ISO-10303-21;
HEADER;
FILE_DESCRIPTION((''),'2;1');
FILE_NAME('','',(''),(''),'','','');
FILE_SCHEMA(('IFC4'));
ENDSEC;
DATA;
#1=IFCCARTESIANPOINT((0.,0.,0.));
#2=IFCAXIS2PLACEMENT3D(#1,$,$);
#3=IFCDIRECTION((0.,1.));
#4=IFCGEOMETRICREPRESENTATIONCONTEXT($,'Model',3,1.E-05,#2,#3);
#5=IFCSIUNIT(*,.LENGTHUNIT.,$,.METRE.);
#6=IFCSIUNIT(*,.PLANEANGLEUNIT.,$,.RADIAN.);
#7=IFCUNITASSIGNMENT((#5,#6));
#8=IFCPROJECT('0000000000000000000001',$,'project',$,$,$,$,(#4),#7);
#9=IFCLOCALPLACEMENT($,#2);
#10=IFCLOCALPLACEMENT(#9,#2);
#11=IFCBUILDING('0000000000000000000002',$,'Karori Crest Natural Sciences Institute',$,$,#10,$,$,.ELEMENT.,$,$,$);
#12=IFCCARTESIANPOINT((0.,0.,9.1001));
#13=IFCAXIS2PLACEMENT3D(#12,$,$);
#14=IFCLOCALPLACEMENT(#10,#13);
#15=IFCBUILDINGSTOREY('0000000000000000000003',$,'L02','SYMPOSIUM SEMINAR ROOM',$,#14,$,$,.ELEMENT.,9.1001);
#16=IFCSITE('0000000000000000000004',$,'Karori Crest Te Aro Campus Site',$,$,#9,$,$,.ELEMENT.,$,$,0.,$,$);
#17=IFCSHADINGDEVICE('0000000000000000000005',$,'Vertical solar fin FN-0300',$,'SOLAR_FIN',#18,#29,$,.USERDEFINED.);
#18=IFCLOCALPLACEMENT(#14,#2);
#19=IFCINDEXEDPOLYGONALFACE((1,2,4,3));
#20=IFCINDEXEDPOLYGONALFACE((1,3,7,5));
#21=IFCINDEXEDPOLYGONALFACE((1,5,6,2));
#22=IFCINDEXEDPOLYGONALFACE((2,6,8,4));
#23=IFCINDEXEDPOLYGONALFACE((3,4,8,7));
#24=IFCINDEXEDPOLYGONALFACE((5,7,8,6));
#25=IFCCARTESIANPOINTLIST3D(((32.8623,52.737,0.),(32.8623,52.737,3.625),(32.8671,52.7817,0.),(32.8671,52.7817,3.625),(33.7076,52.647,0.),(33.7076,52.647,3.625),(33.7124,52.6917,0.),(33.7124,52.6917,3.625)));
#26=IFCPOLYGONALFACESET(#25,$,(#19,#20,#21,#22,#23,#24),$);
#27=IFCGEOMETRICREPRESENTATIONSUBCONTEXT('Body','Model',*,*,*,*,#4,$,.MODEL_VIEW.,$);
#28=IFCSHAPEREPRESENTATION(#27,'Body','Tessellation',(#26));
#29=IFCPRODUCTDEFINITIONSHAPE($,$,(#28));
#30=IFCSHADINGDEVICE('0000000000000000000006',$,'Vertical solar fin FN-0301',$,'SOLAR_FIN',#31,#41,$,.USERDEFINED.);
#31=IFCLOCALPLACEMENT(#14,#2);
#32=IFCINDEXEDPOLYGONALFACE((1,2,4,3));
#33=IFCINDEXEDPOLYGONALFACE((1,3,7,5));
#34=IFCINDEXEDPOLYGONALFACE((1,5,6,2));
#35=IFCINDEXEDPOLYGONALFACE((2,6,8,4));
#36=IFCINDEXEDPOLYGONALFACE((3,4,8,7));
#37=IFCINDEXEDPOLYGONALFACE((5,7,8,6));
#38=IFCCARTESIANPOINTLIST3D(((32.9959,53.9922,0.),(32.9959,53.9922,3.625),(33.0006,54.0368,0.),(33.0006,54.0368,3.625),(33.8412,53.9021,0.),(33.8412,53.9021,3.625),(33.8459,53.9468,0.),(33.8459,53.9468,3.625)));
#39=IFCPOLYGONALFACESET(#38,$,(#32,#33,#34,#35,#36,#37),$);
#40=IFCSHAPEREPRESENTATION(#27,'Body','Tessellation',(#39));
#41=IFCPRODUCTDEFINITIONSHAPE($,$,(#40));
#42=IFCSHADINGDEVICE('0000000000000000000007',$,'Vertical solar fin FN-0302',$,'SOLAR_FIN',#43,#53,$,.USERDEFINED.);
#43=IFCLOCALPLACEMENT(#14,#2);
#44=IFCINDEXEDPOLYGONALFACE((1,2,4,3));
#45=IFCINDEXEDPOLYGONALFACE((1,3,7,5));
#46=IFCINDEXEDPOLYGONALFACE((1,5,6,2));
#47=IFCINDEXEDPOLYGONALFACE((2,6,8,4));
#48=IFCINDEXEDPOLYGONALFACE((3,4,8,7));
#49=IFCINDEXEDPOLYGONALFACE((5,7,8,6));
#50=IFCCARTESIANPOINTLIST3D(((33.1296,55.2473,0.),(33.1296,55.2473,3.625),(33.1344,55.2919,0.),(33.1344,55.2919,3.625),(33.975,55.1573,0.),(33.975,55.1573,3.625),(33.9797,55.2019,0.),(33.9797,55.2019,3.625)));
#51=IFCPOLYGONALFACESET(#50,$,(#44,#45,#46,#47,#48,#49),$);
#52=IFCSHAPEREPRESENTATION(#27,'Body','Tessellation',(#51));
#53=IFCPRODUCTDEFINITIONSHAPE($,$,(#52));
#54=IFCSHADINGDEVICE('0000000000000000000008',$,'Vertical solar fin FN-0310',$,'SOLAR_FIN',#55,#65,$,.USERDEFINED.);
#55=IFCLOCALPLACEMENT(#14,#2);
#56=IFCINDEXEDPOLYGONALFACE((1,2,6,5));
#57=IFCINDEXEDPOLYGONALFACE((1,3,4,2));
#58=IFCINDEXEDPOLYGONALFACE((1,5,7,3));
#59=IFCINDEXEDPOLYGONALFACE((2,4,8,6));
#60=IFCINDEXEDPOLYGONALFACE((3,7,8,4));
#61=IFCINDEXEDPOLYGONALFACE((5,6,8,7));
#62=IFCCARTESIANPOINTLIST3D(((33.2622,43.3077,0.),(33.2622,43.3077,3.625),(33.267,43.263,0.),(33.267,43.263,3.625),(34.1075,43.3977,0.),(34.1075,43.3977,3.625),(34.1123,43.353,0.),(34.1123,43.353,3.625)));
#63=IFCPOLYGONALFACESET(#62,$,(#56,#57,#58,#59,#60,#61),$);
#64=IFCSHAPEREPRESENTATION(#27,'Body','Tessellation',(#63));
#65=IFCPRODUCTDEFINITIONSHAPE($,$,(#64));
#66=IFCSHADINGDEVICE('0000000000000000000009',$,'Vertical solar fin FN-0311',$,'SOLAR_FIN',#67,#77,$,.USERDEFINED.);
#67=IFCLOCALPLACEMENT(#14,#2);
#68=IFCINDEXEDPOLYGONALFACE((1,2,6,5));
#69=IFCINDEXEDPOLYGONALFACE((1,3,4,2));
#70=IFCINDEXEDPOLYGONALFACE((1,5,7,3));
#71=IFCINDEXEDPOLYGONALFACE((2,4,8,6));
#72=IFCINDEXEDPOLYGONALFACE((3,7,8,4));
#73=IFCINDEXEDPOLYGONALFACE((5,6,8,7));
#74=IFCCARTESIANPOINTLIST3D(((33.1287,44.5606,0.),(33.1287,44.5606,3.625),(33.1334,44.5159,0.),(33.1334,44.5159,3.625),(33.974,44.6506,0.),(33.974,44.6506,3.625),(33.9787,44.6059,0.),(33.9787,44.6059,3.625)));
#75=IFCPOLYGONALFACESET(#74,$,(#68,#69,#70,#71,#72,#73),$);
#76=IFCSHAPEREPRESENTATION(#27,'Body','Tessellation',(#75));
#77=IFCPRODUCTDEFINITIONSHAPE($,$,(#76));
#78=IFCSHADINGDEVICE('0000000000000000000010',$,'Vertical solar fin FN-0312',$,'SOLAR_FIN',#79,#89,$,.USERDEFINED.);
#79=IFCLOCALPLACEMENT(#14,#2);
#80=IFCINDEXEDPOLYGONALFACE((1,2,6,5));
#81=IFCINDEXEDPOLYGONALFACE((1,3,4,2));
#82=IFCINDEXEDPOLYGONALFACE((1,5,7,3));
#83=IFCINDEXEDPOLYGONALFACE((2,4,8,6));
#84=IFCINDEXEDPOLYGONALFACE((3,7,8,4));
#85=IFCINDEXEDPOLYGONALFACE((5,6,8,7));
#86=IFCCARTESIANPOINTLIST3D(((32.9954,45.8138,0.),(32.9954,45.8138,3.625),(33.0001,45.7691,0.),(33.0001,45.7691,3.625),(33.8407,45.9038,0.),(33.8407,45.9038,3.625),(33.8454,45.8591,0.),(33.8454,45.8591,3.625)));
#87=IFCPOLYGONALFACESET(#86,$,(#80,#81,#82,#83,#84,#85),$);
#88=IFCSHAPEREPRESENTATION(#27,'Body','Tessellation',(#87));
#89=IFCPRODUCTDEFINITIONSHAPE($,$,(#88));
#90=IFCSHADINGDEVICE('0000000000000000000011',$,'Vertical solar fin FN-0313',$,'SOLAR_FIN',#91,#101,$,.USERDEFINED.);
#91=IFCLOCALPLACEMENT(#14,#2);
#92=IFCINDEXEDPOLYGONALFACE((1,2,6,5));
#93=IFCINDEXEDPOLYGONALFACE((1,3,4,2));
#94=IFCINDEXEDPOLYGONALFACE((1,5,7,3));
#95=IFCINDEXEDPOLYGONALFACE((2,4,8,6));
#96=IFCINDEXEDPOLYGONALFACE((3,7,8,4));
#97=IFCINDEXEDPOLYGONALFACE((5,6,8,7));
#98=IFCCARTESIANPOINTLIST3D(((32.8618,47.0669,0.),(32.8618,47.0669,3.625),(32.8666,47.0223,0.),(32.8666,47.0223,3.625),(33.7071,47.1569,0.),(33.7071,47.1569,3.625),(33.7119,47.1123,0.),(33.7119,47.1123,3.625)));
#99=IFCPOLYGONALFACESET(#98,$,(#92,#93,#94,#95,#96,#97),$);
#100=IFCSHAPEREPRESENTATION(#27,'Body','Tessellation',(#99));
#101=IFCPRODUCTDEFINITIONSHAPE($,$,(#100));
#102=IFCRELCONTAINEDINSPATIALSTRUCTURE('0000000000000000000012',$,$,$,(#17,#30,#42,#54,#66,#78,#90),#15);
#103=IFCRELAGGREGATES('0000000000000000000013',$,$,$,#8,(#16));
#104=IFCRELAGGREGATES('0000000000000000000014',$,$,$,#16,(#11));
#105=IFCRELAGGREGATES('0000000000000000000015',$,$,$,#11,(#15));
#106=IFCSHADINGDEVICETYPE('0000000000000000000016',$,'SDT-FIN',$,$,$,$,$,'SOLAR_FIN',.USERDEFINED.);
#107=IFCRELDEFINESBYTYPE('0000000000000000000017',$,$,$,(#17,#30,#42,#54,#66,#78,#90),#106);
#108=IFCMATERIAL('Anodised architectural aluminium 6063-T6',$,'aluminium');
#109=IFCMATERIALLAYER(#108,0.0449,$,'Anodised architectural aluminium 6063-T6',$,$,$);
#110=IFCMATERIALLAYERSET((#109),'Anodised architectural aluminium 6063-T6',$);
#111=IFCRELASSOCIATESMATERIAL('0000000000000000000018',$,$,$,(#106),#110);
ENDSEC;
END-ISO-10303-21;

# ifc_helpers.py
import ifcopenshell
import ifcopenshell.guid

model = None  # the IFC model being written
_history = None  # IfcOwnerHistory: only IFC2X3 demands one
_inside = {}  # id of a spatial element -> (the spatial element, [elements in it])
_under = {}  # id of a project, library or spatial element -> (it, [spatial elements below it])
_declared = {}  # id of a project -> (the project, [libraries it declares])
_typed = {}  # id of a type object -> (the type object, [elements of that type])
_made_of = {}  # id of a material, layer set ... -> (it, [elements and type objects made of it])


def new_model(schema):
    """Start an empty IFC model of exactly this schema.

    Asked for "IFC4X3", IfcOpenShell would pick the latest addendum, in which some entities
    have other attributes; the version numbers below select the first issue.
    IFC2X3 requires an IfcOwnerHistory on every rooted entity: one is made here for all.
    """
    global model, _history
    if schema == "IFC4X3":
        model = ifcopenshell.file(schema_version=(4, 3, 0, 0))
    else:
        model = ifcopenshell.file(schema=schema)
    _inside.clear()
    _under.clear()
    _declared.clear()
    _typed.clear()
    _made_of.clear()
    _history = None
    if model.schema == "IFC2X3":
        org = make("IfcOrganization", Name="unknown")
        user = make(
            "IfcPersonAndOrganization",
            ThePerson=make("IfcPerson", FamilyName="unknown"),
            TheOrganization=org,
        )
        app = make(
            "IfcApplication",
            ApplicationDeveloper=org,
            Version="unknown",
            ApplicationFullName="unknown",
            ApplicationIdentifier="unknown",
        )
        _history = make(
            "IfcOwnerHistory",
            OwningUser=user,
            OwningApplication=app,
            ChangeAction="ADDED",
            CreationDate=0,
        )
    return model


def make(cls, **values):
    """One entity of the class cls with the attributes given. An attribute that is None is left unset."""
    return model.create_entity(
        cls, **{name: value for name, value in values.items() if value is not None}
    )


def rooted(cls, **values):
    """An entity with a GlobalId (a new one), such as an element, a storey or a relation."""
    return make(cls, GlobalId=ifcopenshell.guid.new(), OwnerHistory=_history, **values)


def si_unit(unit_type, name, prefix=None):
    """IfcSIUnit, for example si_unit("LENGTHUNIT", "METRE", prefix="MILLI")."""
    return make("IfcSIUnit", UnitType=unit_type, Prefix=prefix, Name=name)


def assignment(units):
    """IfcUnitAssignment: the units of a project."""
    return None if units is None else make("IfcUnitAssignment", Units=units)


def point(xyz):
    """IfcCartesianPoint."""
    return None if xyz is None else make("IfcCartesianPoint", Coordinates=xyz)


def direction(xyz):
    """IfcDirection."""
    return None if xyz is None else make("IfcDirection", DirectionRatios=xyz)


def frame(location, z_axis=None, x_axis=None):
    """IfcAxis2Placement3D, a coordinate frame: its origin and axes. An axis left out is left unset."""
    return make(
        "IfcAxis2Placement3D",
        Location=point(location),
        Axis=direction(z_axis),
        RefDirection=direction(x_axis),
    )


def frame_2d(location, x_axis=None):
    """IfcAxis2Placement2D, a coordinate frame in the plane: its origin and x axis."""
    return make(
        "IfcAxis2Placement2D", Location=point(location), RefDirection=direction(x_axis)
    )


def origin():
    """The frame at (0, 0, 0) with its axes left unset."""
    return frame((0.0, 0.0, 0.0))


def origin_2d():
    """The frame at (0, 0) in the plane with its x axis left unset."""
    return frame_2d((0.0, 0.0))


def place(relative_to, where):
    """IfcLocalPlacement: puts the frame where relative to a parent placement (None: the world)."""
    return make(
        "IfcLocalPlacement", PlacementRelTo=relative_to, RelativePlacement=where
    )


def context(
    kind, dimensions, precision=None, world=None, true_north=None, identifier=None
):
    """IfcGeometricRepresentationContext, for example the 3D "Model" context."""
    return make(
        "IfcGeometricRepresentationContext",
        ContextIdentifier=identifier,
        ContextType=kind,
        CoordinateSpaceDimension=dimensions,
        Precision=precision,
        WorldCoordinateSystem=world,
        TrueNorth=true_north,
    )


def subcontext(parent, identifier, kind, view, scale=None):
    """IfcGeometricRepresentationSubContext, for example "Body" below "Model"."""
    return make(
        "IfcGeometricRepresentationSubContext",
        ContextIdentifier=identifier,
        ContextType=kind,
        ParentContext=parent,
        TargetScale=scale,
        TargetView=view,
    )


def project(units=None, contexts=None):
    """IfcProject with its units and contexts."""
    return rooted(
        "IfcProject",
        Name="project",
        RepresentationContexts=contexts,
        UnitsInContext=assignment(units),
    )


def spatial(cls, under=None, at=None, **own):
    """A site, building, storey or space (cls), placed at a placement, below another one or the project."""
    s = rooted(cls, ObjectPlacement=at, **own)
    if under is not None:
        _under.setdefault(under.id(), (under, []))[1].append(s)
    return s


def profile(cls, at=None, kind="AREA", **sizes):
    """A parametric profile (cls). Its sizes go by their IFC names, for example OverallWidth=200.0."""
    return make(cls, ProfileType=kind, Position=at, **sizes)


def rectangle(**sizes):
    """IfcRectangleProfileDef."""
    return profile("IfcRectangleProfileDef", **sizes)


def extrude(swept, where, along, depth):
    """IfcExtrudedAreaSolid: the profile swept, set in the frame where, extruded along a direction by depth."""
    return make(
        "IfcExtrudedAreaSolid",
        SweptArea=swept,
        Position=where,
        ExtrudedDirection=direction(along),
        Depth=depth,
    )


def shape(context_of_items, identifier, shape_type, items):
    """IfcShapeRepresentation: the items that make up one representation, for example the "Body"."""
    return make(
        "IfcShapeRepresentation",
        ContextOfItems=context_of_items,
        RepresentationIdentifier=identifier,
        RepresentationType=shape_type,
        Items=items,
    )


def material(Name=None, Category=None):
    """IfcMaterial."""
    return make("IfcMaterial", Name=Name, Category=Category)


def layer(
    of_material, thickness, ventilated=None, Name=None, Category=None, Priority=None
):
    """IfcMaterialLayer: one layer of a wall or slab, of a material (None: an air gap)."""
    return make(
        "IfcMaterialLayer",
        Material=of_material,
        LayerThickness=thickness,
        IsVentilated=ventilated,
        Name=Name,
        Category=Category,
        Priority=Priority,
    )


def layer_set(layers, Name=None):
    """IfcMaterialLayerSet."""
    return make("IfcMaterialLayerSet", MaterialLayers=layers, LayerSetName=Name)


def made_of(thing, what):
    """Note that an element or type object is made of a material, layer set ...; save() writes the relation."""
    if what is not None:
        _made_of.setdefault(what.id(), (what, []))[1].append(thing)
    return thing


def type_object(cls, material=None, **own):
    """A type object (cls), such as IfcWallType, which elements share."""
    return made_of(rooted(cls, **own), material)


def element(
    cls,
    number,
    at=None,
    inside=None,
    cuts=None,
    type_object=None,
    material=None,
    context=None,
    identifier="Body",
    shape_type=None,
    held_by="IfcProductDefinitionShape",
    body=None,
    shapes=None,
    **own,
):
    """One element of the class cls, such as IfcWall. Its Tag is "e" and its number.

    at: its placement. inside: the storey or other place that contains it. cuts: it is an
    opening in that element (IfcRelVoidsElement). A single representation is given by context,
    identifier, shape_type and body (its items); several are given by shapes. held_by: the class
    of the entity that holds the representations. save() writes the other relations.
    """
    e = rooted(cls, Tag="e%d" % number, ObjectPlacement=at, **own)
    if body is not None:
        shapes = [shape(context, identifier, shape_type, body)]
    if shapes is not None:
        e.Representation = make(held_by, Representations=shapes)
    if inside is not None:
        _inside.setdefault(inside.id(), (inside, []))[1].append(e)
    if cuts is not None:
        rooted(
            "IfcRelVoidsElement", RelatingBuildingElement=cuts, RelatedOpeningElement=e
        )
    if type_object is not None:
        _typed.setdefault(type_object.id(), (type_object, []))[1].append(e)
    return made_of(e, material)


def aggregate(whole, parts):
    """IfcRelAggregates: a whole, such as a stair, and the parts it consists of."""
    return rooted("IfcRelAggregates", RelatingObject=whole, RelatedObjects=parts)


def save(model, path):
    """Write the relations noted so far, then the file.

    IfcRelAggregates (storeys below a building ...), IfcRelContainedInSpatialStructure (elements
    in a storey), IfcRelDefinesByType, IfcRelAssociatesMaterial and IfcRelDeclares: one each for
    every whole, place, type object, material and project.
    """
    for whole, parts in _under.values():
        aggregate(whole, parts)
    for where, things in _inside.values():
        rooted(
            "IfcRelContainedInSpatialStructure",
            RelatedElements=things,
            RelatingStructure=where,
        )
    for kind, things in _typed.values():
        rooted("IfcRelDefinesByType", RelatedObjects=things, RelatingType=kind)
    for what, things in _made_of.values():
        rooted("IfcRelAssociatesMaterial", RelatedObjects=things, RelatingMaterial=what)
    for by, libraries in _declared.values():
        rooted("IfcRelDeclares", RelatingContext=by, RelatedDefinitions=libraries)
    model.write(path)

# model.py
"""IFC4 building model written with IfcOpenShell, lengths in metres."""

from ifc_helpers import new_model, si_unit, direction, frame, origin, origin_2d, place, context, subcontext, project, spatial, rectangle, extrude, material, layer, layer_set, type_object, element, save


model = new_model("IFC4")

# Units and contexts
model_context = context("Model", 3, precision=1e-05, world=origin(), true_north=direction((0.0, 1.0)))
body_context = subcontext(model_context, "Body", "Model", "MODEL_VIEW")
ifc_project = project(units=[si_unit("LENGTHUNIT", "METRE"), si_unit("PLANEANGLEUNIT", "RADIAN")], contexts=[model_context])

# Site, building, storey
site_placement = place(None, origin())
site = spatial("IfcSite", under=ifc_project, at=site_placement, Name="Karori Crest Te Aro Campus Site", CompositionType="ELEMENT", RefElevation=0.0)
building_placement = place(site_placement, origin())
building = spatial("IfcBuilding", under=site, at=building_placement, Name="Karori Crest Natural Sciences Institute", CompositionType="ELEMENT")
storey_placement = place(building_placement, frame((0.0, 0.0, 9.1001)))
storey = spatial("IfcBuildingStorey", under=building, at=storey_placement, Name="L02", Description="SYMPOSIUM SEMINAR ROOM", CompositionType="ELEMENT", Elevation=9.1001)

# Shared definitions
ifc_material_1 = material(Name="Anodised architectural aluminium 6063-T6", Category="aluminium")

# Shading devices
ifc_layer_1 = layer(ifc_material_1, 0.0449, Name="Anodised architectural aluminium 6063-T6")
ifc_layer_set_1 = layer_set([ifc_layer_1], Name="Anodised architectural aluminium 6063-T6")
shading_device_type = type_object("IfcShadingDeviceType", Name="SDT-FIN", ElementType="SOLAR_FIN", PredefinedType="USERDEFINED", material=ifc_layer_set_1)
for number, where, z_axis, x_axis, name in (
    (1, (33.2874, 52.7144, 0.0), (0.0, 0.0, 1.0), (-0.994378, 0.105884, 0.0), "Vertical solar fin FN-0300"),
    (2, (33.4209, 53.9695, 0.0), (0.0, 0.0, 1.0), (-0.994378, 0.105884, 0.0), "Vertical solar fin FN-0301"),
    (3, (33.5547, 55.2246, 0.0), (0.0, 0.0, 1.0), (-0.994378, 0.105884, 0.0), "Vertical solar fin FN-0302"),
    (4, (33.6873, 43.3303, 0.0), (0.0, 0.0, 1.0), (-0.994379, -0.105882, 0.0), "Vertical solar fin FN-0310"),
    (5, (33.5537, 44.5833, 0.0), (0.0, 0.0, 1.0), (-0.994379, -0.105882, 0.0), "Vertical solar fin FN-0311"),
    (6, (33.4204, 45.8364, 0.0), (0.0, 0.0, 1.0), (-0.994379, -0.105882, 0.0), "Vertical solar fin FN-0312"),
    (7, (33.2869, 47.0896, 0.0), (0.0, 0.0, 1.0), (-0.994379, -0.105882, 0.0), "Vertical solar fin FN-0313"),
):
    element("IfcShadingDevice", number, at=place(storey_placement, frame(where, z_axis=z_axis, x_axis=x_axis)), inside=storey, type_object=shading_device_type, Name=name, ObjectType="SOLAR_FIN", PredefinedType="USERDEFINED", context=body_context, shape_type="SweptSolid", body=[
        extrude(rectangle(XDim=0.8501, YDim=0.0449, at=origin_2d()), origin(), (0.0, 0.0, 1.0), 3.625),
    ])

save(model, "model.ifc")
